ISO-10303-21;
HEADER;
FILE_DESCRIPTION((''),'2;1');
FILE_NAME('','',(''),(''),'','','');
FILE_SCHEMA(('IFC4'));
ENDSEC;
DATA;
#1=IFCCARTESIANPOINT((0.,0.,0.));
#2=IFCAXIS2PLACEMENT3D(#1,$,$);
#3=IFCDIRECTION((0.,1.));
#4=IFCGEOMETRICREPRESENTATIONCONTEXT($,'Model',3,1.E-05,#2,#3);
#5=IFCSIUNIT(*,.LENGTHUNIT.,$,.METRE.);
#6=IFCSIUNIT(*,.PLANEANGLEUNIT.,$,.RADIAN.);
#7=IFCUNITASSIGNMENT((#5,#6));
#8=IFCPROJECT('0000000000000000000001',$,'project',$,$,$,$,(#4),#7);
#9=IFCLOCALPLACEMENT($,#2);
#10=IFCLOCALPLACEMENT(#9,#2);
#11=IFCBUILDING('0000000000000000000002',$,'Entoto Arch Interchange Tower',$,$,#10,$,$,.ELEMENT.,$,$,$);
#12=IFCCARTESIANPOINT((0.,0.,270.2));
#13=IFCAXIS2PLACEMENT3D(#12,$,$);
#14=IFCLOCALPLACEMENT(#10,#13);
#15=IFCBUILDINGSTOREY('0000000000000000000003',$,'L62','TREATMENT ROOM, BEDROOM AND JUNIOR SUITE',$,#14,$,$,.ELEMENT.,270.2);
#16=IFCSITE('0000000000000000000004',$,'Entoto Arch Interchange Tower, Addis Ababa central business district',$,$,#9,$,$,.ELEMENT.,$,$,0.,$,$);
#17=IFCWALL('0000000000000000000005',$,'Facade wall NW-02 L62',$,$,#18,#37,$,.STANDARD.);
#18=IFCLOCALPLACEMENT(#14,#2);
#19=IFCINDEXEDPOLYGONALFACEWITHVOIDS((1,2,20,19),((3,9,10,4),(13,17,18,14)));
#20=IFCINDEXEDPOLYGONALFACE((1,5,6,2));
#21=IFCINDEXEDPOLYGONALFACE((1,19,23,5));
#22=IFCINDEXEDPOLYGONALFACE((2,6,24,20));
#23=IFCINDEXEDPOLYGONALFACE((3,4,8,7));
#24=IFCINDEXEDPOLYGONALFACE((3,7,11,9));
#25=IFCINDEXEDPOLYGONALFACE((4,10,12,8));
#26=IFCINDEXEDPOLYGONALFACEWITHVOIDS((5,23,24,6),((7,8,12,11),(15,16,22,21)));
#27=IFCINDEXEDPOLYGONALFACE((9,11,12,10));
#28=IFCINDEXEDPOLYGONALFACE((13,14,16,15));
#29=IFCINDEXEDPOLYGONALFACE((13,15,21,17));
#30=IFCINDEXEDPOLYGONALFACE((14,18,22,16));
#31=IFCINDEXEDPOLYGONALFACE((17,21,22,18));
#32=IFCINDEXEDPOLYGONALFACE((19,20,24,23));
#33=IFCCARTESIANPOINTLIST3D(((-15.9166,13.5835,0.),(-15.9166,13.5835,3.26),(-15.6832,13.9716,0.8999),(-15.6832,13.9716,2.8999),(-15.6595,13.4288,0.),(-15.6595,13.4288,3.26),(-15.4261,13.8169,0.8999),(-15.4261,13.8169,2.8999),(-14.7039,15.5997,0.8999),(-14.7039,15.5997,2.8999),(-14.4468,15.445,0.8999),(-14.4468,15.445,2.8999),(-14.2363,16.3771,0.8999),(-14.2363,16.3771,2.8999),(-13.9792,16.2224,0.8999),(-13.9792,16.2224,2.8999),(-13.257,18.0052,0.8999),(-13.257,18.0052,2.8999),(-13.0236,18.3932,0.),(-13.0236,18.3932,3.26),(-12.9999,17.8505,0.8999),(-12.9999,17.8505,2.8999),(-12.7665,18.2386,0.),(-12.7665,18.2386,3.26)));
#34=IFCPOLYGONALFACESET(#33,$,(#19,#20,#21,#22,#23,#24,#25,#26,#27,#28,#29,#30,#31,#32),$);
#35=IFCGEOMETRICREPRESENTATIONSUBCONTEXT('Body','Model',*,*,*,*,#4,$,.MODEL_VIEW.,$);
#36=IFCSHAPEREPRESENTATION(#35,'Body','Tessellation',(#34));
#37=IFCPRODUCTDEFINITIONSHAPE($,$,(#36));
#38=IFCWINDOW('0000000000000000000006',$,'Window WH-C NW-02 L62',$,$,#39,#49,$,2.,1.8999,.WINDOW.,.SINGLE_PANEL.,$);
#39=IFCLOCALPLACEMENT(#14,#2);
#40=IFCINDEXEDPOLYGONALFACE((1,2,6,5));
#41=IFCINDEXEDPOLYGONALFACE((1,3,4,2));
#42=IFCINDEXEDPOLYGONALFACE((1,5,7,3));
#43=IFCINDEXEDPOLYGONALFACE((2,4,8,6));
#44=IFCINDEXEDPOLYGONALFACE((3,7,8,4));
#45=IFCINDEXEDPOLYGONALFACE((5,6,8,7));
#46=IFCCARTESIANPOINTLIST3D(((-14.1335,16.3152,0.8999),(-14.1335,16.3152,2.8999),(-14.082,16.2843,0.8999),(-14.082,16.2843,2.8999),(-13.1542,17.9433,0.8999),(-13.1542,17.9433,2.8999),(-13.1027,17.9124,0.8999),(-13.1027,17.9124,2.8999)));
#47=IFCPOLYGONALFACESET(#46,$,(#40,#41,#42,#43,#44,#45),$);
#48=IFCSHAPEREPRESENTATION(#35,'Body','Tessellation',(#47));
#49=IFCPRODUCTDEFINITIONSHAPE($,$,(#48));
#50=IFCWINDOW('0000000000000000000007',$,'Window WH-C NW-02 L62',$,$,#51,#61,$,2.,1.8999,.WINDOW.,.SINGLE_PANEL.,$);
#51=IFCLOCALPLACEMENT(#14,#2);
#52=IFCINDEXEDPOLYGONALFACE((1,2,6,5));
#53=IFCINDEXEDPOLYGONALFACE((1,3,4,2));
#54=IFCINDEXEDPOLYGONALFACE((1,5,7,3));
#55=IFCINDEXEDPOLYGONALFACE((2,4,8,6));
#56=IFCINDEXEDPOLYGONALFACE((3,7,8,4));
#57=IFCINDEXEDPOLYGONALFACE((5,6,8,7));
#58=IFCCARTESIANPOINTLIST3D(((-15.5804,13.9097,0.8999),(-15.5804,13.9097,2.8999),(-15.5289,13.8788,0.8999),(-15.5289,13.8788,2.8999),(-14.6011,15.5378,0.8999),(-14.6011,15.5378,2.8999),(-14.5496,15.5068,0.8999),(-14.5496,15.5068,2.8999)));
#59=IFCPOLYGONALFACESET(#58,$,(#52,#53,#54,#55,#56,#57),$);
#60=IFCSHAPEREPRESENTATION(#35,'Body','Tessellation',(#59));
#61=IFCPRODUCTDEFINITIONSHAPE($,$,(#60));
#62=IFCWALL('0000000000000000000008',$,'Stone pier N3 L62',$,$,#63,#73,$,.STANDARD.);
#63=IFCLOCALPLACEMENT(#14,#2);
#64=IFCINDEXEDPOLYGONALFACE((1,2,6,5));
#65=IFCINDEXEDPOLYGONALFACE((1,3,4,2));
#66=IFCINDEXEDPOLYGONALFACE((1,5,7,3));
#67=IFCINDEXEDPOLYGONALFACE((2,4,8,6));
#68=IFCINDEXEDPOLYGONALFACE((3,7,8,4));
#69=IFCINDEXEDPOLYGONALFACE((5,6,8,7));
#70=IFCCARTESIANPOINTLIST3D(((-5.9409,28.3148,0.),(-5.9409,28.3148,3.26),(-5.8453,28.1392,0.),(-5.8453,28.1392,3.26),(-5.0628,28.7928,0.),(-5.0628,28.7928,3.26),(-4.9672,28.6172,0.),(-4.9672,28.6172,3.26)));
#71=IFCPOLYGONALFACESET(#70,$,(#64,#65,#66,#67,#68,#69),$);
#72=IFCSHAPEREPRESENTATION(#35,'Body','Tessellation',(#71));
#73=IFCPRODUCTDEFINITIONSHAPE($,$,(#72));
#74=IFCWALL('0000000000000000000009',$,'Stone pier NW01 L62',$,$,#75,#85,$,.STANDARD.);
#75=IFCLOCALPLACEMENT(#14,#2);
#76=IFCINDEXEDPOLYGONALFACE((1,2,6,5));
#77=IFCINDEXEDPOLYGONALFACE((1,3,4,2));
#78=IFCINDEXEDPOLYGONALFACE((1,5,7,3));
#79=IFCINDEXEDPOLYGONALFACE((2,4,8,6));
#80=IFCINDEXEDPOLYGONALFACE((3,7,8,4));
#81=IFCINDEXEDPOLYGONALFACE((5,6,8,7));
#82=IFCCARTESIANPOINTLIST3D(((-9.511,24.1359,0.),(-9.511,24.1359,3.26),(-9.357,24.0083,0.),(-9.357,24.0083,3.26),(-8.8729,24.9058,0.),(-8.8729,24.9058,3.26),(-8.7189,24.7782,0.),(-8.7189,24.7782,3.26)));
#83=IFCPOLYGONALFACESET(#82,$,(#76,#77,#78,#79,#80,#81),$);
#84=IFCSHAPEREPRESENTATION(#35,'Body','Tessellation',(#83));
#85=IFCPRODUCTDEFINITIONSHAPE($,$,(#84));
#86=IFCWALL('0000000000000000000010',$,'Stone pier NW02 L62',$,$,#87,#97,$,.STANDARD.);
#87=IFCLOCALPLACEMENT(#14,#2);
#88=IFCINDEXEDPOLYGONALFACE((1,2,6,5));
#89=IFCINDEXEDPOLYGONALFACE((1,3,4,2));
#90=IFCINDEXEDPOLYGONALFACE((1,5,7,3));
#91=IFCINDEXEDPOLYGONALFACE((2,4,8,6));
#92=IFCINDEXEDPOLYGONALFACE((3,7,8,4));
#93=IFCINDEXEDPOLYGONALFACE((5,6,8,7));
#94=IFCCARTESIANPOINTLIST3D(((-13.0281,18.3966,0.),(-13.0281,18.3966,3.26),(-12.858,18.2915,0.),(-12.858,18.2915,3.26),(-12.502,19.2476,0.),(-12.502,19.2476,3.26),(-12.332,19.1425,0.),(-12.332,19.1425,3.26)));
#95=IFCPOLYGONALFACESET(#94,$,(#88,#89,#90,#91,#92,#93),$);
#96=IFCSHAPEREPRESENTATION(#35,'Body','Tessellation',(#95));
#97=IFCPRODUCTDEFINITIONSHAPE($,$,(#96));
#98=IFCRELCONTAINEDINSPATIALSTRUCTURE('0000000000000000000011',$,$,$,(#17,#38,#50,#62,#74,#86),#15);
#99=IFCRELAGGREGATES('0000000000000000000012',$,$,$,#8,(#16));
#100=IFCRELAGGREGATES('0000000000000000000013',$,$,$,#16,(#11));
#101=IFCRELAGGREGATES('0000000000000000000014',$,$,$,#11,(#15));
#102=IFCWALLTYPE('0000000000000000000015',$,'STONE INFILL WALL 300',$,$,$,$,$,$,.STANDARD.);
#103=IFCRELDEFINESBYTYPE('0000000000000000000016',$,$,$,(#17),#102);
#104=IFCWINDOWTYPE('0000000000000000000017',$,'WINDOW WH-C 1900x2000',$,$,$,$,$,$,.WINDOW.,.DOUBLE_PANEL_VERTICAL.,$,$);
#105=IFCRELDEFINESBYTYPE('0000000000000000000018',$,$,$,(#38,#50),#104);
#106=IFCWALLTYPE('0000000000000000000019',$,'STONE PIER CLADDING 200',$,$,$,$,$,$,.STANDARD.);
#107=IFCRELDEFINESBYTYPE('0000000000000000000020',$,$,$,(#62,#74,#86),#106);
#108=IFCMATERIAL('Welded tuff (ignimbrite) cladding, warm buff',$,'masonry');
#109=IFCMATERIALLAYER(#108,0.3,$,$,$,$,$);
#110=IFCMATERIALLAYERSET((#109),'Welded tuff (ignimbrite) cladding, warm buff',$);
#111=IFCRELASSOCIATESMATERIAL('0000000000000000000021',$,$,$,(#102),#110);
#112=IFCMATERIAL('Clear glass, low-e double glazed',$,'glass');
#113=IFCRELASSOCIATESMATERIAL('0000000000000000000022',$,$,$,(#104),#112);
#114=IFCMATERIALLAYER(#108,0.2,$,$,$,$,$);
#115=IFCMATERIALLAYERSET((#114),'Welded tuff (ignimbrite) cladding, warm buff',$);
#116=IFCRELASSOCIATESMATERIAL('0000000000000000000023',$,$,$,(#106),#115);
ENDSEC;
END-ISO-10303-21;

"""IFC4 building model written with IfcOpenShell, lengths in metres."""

from ifc_helpers import new_model, si_unit, direction, frame, frame_2d, origin, place, context, subcontext, project, spatial, rectangle, extrude, material, layer, layer_set, type_object, element, fill, save


model = new_model("IFC4")

# Units and contexts
model_context = context("Model", 3, precision=1e-05, world=origin(), true_north=direction((0.0, 1.0)))
body_context = subcontext(model_context, "Body", "Model", "MODEL_VIEW")
ifc_project = project(units=[si_unit("LENGTHUNIT", "METRE"), si_unit("PLANEANGLEUNIT", "RADIAN")], contexts=[model_context])

# Site, building, storey
site_placement = place(None, origin())
site = spatial("IfcSite", under=ifc_project, at=site_placement, Name="Entoto Arch Interchange Tower, Addis Ababa central business district", CompositionType="ELEMENT", RefElevation=0.0)
building_placement = place(site_placement, origin())
building = spatial("IfcBuilding", under=site, at=building_placement, Name="Entoto Arch Interchange Tower", CompositionType="ELEMENT")
storey_placement = place(building_placement, frame((0.0, 0.0, 270.2)))
storey = spatial("IfcBuildingStorey", under=building, at=storey_placement, Name="L62", Description="TREATMENT ROOM, BEDROOM AND JUNIOR SUITE", CompositionType="ELEMENT", Elevation=270.2)

# Shared definitions
ifc_material_1 = material(Name="Welded tuff (ignimbrite) cladding, warm buff", Category="masonry")
ifc_layer_1 = layer(ifc_material_1, 0.3)
ifc_layer_set_1 = layer_set([ifc_layer_1], Name="Welded tuff (ignimbrite) cladding, warm buff")
wall_type_1 = type_object("IfcWallType", Name="STONE INFILL WALL 300", PredefinedType="STANDARD", material=ifc_layer_set_1)
ifc_material_2 = material(Name="Clear glass, low-e double glazed", Category="glass")

# Wall, openings, windows
window_type_1 = type_object("IfcWindowType", Name="WINDOW WH-C 1900x2000", PartitioningType="DOUBLE_PANEL_VERTICAL", PredefinedType="WINDOW", material=ifc_material_2)
wall_1_placement = place(storey_placement, frame((-12.895, 18.3159, 0.0), z_axis=(0.0, 0.0, 1.0), x_axis=(-0.515436, -0.856928, 0.0)))
wall_1 = element("IfcWall", 1, at=wall_1_placement, inside=storey, type_object=wall_type_1, Name="Facade wall NW-02 L62", PredefinedType="STANDARD", context=body_context, shape_type="SweptSolid", body=[
    extrude(rectangle(XDim=5.6128, YDim=0.3, at=frame_2d((2.8064, 0.0))), origin(), (0.0, 0.0, 1.0), 3.26),
])
opening_1_placement = place(wall_1_placement, frame((0.4529, 0.0, 0.8999)))
opening_1 = element("IfcOpeningElement", 2, at=opening_1_placement, cuts=wall_1, PredefinedType="OPENING", context=body_context, shape_type="SweptSolid", body=[
    extrude(rectangle(XDim=1.8999, YDim=2.0, at=frame_2d((0.95, 1.0))), frame((0.0, 0.1602, 0.0), z_axis=(0.0, -1.0, 0.0), x_axis=(1.0, 0.0, 0.0)), (0.0, 0.0, 1.0), 0.3201),
])
opening_2_placement = place(wall_1_placement, frame((3.26, 0.0, 0.8999)))
opening_2 = element("IfcOpeningElement", 3, at=opening_2_placement, cuts=wall_1, PredefinedType="OPENING", context=body_context, shape_type="SweptSolid", body=[
    extrude(rectangle(XDim=1.8999, YDim=2.0, at=frame_2d((0.95, 1.0))), frame((0.0, 0.1602, 0.0), z_axis=(0.0, -1.0, 0.0), x_axis=(1.0, 0.0, 0.0)), (0.0, 0.0, 1.0), 0.3201),
])
window_1_placement = place(opening_1_placement, origin())
window_1 = element("IfcWindow", 4, at=window_1_placement, inside=storey, type_object=window_type_1, Name="Window WH-C NW-02 L62", OverallHeight=2.0, OverallWidth=1.8999, PartitioningType="SINGLE_PANEL", PredefinedType="WINDOW", context=body_context, shape_type="SweptSolid", body=[
    extrude(rectangle(XDim=1.8999, YDim=2.0, at=frame_2d((0.95, 1.0))), frame((0.0, 0.03, 0.0), z_axis=(0.0, -1.0, 0.0), x_axis=(1.0, 0.0, 0.0)), (0.0, 0.0, 1.0), 0.0601),
])
fill(opening_1, window_1)
window_2_placement = place(opening_2_placement, origin())
window_2 = element("IfcWindow", 5, at=window_2_placement, inside=storey, type_object=window_type_1, Name="Window WH-C NW-02 L62", OverallHeight=2.0, OverallWidth=1.8999, PartitioningType="SINGLE_PANEL", PredefinedType="WINDOW", context=body_context, shape_type="SweptSolid", body=[
    extrude(rectangle(XDim=1.8999, YDim=2.0, at=frame_2d((0.95, 1.0))), frame((0.0, 0.03, 0.0), z_axis=(0.0, -1.0, 0.0), x_axis=(1.0, 0.0, 0.0)), (0.0, 0.0, 1.0), 0.0601),
])
fill(opening_2, window_2)

# Walls
ifc_layer_2 = layer(ifc_material_1, 0.2)
ifc_layer_set_2 = layer_set([ifc_layer_2], Name="Welded tuff (ignimbrite) cladding, warm buff")
wall_type_2 = type_object("IfcWallType", Name="STONE PIER CLADDING 200", PredefinedType="STANDARD", material=ifc_layer_set_2)
wall_2_placement = place(storey_placement, frame((-5.0149, 28.7051, 0.0), z_axis=(0.0, 0.0, 1.0), x_axis=(-0.878306, -0.478099, 0.0)))
element("IfcWall", 6, at=wall_2_placement, inside=storey, type_object=wall_type_2, Name="Stone pier N3 L62", PredefinedType="STANDARD", context=body_context, shape_type="SweptSolid", body=[
    extrude(rectangle(XDim=0.9998, YDim=0.2, at=frame_2d((0.5, 0.0))), origin(), (0.0, 0.0, 1.0), 3.26),
])
wall_3_placement = place(storey_placement, frame((-8.7959, 24.842, 0.0), z_axis=(0.0, 0.0, 1.0), x_axis=(-0.638117, -0.769939, 0.0)))
element("IfcWall", 7, at=wall_3_placement, inside=storey, type_object=wall_type_2, Name="Stone pier NW01 L62", PredefinedType="STANDARD", context=body_context, shape_type="SweptSolid", body=[
    extrude(rectangle(XDim=1.0, YDim=0.2, at=frame_2d((0.5, 0.0))), origin(), (0.0, 0.0, 1.0), 3.26),
])
wall_4_placement = place(storey_placement, frame((-12.417, 19.1951, 0.0), z_axis=(0.0, 0.0, 1.0), x_axis=(-0.525825, -0.850593, 0.0)))
element("IfcWall", 8, at=wall_4_placement, inside=storey, type_object=wall_type_2, Name="Stone pier NW02 L62", PredefinedType="STANDARD", context=body_context, shape_type="SweptSolid", body=[
    extrude(rectangle(XDim=1.0005, YDim=0.2, at=frame_2d((0.5002, 0.0))), origin(), (0.0, 0.0, 1.0), 3.26),
])

save(model, "model.ifc")
